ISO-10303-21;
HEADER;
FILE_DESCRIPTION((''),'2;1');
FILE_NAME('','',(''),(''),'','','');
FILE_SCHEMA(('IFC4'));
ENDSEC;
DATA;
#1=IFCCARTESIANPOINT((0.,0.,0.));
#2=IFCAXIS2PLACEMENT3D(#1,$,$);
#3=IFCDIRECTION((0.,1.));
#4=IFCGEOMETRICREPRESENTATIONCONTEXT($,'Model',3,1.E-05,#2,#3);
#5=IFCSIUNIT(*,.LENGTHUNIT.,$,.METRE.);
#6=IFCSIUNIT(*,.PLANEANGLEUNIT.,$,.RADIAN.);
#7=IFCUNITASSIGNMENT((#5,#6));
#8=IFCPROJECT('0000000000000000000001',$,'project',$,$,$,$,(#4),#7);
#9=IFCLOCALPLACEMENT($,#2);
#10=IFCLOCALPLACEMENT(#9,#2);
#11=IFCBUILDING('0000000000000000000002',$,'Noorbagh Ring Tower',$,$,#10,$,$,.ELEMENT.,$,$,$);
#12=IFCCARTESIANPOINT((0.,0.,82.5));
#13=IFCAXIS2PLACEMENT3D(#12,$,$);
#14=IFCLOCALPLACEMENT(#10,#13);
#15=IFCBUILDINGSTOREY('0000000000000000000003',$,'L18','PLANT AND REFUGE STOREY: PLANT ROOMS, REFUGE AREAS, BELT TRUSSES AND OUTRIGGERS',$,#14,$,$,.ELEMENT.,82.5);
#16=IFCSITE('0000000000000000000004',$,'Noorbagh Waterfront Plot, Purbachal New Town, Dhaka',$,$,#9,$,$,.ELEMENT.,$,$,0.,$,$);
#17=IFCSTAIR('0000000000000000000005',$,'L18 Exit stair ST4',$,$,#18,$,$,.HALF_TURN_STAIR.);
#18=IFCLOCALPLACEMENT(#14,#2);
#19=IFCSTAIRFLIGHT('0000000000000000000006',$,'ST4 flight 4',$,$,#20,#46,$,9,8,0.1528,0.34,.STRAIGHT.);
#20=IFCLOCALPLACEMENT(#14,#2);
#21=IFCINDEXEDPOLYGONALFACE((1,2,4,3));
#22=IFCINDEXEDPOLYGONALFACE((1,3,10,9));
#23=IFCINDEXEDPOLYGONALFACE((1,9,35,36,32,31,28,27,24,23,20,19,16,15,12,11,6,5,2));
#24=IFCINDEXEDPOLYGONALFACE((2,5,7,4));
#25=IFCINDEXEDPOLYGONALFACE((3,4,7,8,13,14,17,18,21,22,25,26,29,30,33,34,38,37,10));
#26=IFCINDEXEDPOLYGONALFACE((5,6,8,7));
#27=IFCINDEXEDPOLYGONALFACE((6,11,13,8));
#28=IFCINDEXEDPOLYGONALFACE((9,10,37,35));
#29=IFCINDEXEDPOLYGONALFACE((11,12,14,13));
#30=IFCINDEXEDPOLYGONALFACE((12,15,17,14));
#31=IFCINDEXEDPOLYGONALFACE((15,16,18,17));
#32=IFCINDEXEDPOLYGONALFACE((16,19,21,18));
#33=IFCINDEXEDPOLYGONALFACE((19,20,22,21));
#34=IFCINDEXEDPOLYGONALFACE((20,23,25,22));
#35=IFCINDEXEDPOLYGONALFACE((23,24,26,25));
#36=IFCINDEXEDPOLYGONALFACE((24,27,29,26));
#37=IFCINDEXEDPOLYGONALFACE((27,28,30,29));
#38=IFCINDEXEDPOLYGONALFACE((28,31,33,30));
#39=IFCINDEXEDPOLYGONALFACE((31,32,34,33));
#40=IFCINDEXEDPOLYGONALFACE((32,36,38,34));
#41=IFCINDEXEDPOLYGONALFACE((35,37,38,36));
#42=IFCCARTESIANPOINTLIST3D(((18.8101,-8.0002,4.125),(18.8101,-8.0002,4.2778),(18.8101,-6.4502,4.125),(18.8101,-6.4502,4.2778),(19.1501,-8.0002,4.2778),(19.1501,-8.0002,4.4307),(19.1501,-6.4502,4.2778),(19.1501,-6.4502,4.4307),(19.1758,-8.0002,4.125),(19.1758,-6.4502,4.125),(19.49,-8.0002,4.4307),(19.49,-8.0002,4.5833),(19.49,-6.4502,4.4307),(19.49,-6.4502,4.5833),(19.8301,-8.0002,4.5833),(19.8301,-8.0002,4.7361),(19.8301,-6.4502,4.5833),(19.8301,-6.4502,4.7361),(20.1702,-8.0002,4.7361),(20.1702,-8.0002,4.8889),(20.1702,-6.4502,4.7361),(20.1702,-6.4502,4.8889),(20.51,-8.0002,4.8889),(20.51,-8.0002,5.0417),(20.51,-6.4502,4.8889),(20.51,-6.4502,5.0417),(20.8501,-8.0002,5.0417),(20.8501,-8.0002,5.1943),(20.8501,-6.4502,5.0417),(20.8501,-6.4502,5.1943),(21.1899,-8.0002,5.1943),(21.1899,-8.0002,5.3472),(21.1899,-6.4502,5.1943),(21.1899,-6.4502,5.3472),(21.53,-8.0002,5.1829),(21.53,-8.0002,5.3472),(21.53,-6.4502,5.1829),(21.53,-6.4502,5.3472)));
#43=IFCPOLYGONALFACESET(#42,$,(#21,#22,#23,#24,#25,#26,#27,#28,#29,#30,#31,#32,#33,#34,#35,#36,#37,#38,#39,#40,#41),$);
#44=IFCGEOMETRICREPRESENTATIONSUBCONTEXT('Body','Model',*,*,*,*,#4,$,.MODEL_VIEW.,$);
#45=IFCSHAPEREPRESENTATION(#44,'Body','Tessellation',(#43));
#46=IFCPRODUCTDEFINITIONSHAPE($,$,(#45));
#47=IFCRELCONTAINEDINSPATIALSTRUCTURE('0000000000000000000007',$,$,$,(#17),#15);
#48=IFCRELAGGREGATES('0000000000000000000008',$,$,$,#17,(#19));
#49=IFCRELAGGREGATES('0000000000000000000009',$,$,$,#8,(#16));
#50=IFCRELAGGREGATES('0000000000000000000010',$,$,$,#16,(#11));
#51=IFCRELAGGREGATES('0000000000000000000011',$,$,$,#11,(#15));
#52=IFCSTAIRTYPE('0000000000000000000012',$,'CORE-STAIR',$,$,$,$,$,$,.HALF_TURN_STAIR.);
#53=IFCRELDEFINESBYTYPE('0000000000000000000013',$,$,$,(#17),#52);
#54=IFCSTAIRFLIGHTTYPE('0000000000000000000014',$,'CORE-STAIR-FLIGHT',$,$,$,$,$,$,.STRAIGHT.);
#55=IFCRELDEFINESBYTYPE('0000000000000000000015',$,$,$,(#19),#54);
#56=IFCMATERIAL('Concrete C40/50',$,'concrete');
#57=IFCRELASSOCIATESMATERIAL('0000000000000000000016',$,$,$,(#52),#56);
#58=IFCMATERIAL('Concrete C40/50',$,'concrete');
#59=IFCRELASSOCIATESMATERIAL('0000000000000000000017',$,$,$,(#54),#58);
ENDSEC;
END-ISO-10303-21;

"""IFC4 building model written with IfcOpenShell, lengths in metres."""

from ifc_helpers import new_model, si_unit, direction, frame, origin, place, context, subcontext, project, spatial, polyline, outline, extrude, material, type_object, element, aggregate, save


model = new_model("IFC4")

# Units and contexts
model_context = context("Model", 3, precision=1e-05, world=origin(), true_north=direction((0.0, 1.0)))
body_context = subcontext(model_context, "Body", "Model", "MODEL_VIEW")
ifc_project = project(units=[si_unit("LENGTHUNIT", "METRE"), si_unit("PLANEANGLEUNIT", "RADIAN")], contexts=[model_context])

# Site, building, storey
site_placement = place(None, origin())
site = spatial("IfcSite", under=ifc_project, at=site_placement, Name="Noorbagh Waterfront Plot, Purbachal New Town, Dhaka", CompositionType="ELEMENT", RefElevation=0.0)
building_placement = place(site_placement, origin())
building = spatial("IfcBuilding", under=site, at=building_placement, Name="Noorbagh Ring Tower", CompositionType="ELEMENT")
storey_placement = place(building_placement, frame((0.0, 0.0, 82.5)))
storey = spatial("IfcBuildingStorey", under=building, at=storey_placement, Name="L18", Description="PLANT AND REFUGE STOREY: PLANT ROOMS, REFUGE AREAS, BELT TRUSSES AND OUTRIGGERS", CompositionType="ELEMENT", Elevation=82.5)

# Stair, stair flight
ifc_material_1 = material(Name="Concrete C40/50", Category="concrete")
stair_type = type_object("IfcStairType", Name="CORE-STAIR", PredefinedType="HALF_TURN_STAIR", material=ifc_material_1)
stair_placement = place(storey_placement, origin())
stair = element("IfcStair", 1, at=stair_placement, inside=storey, type_object=stair_type, Name="L18 Exit stair ST4", PredefinedType="HALF_TURN_STAIR")
ifc_material_2 = material(Name="Concrete C40/50", Category="concrete")
stair_flight_type = type_object("IfcStairFlightType", Name="CORE-STAIR-FLIGHT", PredefinedType="STRAIGHT", material=ifc_material_2)
stair_flight_1_placement = place(storey_placement, frame((18.8101, -7.2251, 4.125), z_axis=(0.0, 0.0, 1.0), x_axis=(1.0, 0.0, 0.0)))
stair_flight_1 = element("IfcStairFlight", 2, at=stair_flight_1_placement, type_object=stair_flight_type, Name="ST4 flight 4", NumberOfRisers=9, NumberOfTreads=8, PredefinedType="STRAIGHT", RiserHeight=0.1528, TreadLength=0.34, context=body_context, shape_type="SweptSolid", body=[
    extrude(outline(polyline([(0.0, 0.0), (0.0, 0.1528), (0.3401, 0.1528), (0.3401, 0.3057), (0.6799, 0.3057), (0.6799, 0.4583), (1.02, 0.4583), (1.02, 0.6111), (1.3601, 0.6111), (1.3601, 0.7639), (1.7, 0.7639), (1.7, 0.9167), (2.04, 0.9167), (2.04, 1.0693), (2.3799, 1.0693), (2.3799, 1.2222), (2.72, 1.2222), (2.72, 1.375), (2.72, 1.0579), (0.3657, 0.0), (0.0, 0.0)])), frame((0.0, 0.7749, 0.0), z_axis=(0.0, -1.0, 0.0), x_axis=(1.0, 0.0, 0.0)), (0.0, 0.0, 1.0), 1.55),
])
aggregate(stair, [stair_flight_1])

save(model, "model.ifc")
